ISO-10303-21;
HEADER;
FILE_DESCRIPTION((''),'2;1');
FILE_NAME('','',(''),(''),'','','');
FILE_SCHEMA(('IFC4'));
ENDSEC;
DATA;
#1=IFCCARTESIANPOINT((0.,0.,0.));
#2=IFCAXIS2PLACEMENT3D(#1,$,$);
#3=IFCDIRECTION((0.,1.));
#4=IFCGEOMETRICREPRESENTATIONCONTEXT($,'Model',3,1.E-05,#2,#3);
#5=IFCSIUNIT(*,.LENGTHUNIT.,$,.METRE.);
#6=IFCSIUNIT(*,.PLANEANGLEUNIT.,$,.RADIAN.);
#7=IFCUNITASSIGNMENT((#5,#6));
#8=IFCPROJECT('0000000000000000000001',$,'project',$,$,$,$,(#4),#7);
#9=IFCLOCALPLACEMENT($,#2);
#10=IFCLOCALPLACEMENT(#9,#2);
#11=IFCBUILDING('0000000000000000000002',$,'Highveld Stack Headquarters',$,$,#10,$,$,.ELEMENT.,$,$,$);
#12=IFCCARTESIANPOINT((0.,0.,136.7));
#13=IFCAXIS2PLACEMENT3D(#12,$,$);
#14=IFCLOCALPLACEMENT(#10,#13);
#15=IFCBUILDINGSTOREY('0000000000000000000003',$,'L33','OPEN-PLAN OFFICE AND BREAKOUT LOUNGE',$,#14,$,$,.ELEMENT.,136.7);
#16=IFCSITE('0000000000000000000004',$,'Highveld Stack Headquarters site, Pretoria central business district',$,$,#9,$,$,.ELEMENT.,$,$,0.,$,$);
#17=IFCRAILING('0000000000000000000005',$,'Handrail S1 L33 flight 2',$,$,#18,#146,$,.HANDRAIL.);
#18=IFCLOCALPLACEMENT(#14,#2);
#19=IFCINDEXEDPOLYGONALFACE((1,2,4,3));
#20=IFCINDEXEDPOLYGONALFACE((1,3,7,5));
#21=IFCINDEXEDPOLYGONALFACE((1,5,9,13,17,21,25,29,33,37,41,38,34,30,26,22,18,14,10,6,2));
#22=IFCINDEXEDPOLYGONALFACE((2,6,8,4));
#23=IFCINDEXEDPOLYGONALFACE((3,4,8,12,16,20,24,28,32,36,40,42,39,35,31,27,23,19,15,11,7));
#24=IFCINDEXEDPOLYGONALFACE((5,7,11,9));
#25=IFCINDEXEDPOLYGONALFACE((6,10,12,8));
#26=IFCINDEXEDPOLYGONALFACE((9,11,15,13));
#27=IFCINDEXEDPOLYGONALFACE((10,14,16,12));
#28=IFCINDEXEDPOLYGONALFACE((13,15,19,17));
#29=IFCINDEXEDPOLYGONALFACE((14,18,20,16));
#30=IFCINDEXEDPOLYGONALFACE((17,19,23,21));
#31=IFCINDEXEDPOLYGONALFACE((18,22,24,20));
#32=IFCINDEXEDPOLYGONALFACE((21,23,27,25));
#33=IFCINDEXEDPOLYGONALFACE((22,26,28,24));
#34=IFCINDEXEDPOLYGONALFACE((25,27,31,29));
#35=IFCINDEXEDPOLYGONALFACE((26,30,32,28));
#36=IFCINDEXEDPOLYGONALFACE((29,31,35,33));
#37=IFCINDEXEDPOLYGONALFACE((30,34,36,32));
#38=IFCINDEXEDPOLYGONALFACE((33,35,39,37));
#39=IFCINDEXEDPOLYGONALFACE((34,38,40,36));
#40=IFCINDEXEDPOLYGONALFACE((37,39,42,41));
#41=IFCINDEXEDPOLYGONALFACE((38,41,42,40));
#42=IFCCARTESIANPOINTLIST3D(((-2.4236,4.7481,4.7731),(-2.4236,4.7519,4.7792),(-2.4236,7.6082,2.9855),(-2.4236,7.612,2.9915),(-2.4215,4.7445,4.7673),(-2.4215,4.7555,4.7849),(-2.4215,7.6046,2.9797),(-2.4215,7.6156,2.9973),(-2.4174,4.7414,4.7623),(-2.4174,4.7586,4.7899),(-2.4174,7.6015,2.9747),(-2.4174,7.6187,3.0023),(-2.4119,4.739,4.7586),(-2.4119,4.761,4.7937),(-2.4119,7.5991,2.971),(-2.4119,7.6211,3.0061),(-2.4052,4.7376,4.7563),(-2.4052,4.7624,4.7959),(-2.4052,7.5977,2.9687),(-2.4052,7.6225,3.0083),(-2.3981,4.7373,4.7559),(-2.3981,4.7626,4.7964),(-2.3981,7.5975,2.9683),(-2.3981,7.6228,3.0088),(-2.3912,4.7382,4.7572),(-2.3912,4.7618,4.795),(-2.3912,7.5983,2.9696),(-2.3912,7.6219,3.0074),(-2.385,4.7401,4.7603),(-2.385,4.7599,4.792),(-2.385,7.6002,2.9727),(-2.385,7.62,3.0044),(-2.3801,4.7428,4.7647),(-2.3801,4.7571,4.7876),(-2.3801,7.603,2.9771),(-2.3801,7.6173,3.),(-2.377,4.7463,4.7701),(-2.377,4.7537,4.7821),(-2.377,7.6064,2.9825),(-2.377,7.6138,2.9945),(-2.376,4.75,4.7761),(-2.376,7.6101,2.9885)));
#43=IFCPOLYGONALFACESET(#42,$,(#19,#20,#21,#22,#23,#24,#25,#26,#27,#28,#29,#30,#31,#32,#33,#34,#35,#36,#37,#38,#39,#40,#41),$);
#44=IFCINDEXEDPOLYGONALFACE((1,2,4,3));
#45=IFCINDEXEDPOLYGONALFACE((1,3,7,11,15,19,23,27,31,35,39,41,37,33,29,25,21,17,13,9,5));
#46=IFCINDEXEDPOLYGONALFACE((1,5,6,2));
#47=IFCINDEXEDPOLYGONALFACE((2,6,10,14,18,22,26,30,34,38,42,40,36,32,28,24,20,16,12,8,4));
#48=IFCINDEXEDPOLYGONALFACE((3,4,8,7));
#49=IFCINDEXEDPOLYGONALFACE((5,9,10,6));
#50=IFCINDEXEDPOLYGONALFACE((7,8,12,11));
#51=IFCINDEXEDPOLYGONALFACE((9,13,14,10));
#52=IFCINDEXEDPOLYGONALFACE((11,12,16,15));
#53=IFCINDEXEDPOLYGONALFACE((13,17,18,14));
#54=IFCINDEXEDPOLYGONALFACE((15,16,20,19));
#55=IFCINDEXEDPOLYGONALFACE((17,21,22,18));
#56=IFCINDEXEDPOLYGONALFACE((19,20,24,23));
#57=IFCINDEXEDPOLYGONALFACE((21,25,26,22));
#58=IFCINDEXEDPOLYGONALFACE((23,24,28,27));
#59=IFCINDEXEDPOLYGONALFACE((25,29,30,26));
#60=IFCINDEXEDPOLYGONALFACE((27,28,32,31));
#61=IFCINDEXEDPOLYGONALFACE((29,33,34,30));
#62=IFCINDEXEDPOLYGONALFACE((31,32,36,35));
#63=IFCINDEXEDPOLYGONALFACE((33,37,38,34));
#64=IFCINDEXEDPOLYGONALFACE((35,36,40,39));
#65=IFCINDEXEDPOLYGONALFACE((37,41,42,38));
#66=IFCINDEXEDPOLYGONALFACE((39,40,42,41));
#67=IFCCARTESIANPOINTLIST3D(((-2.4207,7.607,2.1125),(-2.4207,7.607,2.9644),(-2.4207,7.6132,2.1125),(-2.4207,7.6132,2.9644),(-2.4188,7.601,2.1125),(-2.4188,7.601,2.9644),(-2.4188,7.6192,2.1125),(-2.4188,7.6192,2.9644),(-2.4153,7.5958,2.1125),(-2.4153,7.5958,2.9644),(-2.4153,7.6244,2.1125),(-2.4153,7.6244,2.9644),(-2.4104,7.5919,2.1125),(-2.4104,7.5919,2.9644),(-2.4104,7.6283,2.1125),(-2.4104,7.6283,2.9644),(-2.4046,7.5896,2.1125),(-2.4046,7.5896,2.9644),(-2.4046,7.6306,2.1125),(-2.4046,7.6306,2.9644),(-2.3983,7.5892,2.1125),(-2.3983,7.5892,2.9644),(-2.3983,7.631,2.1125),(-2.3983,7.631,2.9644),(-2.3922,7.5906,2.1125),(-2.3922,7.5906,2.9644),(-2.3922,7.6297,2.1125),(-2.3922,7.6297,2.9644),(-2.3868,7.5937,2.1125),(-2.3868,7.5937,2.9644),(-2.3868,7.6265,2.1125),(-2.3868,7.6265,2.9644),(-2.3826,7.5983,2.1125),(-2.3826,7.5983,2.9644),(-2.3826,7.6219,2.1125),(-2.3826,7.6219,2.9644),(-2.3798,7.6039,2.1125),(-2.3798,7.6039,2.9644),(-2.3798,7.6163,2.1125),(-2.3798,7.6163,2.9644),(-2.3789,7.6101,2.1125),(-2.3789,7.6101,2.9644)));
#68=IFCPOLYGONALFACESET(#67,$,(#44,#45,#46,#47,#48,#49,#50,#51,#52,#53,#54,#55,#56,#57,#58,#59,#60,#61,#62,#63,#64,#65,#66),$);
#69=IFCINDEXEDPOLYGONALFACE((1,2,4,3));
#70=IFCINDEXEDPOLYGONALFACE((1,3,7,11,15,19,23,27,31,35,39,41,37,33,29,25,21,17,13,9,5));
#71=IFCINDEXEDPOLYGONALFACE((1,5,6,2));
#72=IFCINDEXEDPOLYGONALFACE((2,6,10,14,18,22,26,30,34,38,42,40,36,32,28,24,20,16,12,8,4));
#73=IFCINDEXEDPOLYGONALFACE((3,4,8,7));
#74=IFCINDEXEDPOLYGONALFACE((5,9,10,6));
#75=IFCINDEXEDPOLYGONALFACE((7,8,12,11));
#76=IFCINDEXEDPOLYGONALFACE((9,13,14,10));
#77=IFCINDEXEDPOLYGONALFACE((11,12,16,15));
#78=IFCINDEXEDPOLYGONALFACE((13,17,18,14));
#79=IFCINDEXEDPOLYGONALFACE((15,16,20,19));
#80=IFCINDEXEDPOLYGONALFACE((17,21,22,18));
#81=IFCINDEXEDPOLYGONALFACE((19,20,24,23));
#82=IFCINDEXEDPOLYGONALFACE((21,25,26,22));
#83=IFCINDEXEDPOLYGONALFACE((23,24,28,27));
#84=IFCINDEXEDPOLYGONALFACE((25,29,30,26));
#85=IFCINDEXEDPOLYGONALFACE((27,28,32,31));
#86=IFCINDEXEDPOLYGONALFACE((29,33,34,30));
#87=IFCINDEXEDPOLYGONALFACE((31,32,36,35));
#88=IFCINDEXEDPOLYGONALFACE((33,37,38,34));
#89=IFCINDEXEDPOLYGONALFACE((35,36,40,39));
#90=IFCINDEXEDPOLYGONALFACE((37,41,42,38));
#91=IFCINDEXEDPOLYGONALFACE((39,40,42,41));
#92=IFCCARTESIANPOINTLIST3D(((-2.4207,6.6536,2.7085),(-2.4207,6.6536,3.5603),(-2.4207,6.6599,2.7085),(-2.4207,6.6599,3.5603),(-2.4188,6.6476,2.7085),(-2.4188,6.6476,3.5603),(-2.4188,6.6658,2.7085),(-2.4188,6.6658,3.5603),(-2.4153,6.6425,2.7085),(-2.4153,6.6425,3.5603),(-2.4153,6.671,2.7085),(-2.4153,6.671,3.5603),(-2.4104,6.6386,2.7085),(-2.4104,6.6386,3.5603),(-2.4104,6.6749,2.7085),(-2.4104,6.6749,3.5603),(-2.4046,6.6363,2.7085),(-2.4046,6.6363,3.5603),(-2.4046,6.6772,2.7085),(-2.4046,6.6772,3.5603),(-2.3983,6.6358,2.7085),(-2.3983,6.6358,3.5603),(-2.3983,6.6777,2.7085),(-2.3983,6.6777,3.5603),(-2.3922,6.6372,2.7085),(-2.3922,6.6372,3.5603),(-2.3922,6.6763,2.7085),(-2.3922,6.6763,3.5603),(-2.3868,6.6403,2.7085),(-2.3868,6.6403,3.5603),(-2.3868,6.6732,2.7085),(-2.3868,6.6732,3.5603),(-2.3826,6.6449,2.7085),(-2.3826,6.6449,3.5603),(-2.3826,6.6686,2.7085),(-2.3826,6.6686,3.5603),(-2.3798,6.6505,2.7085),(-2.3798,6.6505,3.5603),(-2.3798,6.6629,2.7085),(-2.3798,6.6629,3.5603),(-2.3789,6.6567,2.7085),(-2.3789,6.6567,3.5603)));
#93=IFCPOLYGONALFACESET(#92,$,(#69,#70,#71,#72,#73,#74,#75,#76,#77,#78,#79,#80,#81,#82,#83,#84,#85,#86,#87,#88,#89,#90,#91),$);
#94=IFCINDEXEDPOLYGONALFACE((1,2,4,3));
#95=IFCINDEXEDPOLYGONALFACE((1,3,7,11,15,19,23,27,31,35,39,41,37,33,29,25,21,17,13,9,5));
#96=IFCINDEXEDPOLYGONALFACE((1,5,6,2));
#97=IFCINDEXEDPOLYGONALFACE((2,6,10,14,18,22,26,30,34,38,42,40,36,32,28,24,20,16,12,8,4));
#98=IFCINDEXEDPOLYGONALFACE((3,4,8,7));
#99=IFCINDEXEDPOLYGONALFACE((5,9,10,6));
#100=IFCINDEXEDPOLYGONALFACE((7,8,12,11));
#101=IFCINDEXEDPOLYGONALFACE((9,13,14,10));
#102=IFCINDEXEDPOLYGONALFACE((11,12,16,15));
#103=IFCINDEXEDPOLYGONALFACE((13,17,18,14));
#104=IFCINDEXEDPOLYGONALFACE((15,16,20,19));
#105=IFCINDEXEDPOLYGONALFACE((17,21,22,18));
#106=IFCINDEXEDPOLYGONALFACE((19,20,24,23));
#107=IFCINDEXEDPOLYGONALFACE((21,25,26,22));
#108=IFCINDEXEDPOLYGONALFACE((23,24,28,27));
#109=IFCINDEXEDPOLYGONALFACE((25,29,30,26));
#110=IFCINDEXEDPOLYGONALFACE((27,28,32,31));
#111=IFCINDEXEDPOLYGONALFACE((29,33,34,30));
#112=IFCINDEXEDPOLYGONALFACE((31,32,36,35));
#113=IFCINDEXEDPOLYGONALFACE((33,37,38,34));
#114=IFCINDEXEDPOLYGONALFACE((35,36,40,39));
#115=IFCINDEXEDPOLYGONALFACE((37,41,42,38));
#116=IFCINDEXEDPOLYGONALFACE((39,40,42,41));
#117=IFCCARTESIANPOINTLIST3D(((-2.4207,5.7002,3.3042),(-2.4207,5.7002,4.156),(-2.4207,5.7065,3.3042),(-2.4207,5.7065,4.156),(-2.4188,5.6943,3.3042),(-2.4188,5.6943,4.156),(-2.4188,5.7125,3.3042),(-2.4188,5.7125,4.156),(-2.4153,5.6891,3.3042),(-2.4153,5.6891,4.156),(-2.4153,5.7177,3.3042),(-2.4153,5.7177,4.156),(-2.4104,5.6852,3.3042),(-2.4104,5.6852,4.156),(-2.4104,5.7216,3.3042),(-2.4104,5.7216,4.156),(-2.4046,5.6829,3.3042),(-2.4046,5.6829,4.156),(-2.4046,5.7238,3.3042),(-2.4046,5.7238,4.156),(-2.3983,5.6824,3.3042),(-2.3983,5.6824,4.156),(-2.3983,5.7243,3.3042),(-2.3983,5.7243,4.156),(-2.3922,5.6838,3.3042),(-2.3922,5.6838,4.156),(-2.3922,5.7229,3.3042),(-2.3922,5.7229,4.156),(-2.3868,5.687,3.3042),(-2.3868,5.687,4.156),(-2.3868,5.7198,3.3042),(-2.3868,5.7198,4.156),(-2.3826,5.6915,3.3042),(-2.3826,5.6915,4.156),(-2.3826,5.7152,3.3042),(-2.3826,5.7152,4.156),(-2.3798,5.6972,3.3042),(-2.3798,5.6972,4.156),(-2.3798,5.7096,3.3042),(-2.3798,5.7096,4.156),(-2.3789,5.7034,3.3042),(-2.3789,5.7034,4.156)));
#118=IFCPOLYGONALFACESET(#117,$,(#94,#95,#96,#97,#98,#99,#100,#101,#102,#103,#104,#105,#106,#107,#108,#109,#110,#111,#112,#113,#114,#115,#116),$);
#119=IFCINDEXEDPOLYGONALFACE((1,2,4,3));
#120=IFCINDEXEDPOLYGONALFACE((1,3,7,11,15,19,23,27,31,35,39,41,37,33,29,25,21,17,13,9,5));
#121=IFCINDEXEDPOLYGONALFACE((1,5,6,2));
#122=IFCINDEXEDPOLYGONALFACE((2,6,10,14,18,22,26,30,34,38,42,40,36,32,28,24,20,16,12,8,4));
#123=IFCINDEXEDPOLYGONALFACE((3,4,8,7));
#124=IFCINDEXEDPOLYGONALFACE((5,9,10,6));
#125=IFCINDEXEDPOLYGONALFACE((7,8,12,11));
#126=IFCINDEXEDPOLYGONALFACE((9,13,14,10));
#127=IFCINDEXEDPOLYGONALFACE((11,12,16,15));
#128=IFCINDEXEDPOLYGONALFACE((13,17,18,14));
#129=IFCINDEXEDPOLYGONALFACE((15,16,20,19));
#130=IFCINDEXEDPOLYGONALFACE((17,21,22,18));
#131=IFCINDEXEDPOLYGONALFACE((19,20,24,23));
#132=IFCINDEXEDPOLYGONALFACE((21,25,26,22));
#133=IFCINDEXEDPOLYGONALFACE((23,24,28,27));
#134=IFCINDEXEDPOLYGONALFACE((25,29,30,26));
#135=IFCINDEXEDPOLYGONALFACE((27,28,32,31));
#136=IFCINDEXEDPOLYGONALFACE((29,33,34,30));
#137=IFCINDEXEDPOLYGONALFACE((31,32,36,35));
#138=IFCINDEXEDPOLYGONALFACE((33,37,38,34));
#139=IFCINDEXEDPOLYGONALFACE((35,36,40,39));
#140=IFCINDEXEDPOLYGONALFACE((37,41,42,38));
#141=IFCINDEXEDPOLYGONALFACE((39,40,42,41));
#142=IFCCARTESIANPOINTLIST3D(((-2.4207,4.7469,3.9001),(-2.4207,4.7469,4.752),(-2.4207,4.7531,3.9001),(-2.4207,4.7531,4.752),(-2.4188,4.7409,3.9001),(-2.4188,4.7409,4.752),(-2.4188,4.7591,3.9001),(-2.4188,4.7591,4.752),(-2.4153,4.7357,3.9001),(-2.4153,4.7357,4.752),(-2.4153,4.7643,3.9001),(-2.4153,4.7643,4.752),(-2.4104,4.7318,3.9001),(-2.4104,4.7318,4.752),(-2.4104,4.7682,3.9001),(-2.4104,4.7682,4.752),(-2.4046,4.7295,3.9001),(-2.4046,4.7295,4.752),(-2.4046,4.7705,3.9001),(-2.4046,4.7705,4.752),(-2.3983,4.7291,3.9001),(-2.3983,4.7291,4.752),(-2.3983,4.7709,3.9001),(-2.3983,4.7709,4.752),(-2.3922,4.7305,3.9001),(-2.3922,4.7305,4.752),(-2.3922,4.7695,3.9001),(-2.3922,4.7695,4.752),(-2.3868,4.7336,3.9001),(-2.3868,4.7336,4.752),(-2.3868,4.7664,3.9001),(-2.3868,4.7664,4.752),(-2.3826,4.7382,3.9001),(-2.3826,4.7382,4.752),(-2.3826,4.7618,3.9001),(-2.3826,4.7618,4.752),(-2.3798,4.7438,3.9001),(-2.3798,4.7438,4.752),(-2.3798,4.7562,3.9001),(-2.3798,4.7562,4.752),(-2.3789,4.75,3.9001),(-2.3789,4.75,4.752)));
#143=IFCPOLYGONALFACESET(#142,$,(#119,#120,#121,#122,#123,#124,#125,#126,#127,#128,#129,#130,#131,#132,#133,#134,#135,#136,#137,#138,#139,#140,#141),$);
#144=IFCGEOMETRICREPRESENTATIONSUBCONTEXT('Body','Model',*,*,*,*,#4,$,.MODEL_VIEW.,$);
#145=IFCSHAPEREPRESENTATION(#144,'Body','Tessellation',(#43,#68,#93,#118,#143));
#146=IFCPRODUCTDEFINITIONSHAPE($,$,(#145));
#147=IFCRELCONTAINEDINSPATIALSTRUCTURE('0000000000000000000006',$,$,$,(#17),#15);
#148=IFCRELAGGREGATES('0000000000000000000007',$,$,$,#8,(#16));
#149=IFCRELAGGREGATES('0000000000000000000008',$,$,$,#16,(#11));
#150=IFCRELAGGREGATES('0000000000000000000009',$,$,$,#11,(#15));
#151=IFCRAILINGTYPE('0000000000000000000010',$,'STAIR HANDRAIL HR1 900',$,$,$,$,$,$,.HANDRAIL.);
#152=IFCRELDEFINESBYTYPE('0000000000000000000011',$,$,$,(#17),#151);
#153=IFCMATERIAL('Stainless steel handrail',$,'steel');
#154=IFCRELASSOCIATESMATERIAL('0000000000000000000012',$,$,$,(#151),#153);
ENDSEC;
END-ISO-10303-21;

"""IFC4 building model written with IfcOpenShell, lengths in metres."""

from ifc_helpers import new_model, si_unit, direction, frame, origin, origin_2d, place, context, subcontext, project, spatial, circle, extrude, material, type_object, element, save


model = new_model("IFC4")

# Units and contexts
model_context = context("Model", 3, precision=1e-05, world=origin(), true_north=direction((0.0, 1.0)))
body_context = subcontext(model_context, "Body", "Model", "MODEL_VIEW")
ifc_project = project(units=[si_unit("LENGTHUNIT", "METRE"), si_unit("PLANEANGLEUNIT", "RADIAN")], contexts=[model_context])

# Site, building, storey
site_placement = place(None, origin())
site = spatial("IfcSite", under=ifc_project, at=site_placement, Name="Highveld Stack Headquarters site, Pretoria central business district", CompositionType="ELEMENT", RefElevation=0.0)
building_placement = place(site_placement, origin())
building = spatial("IfcBuilding", under=site, at=building_placement, Name="Highveld Stack Headquarters", CompositionType="ELEMENT")
storey_placement = place(building_placement, frame((0.0, 0.0, 136.7)))
storey = spatial("IfcBuildingStorey", under=building, at=storey_placement, Name="L33", Description="OPEN-PLAN OFFICE AND BREAKOUT LOUNGE", CompositionType="ELEMENT", Elevation=136.7)

# Railing
ifc_material_1 = material(Name="Stainless steel handrail", Category="steel")
railing_type = type_object("IfcRailingType", Name="STAIR HANDRAIL HR1 900", PredefinedType="HANDRAIL", material=ifc_material_1)
for number, where, name in (
    (1, (-2.3999, 7.6101, 2.1125), "Handrail S1 L33 flight 2"),
):
    element("IfcRailing", number, at=place(storey_placement, frame(where)), inside=storey, type_object=railing_type, Name=name, PredefinedType="HANDRAIL", context=body_context, shape_type="SweptSolid", body=[
        extrude(circle(Radius=0.0239, at=origin_2d()), frame((0.0, 0.0, 0.876), z_axis=(0.0, -0.847994, 0.530005), x_axis=(1.0, 0.0, 0.0)), (0.0, 0.0, 1.0), 3.3728),
        extrude(circle(Radius=0.021, at=origin_2d()), origin(), (0.0, 0.0, 1.0), 0.8518),
        extrude(circle(Radius=0.021, at=origin_2d()), frame((0.0, -0.9534, 0.5959)), (0.0, 0.0, 1.0), 0.8518),
        extrude(circle(Radius=0.021, at=origin_2d()), frame((0.0, -1.9067, 1.1917)), (0.0, 0.0, 1.0), 0.8518),
        extrude(circle(Radius=0.021, at=origin_2d()), frame((0.0, -2.8601, 1.7876)), (0.0, 0.0, 1.0), 0.8518),
    ])

save(model, "model.ifc")
